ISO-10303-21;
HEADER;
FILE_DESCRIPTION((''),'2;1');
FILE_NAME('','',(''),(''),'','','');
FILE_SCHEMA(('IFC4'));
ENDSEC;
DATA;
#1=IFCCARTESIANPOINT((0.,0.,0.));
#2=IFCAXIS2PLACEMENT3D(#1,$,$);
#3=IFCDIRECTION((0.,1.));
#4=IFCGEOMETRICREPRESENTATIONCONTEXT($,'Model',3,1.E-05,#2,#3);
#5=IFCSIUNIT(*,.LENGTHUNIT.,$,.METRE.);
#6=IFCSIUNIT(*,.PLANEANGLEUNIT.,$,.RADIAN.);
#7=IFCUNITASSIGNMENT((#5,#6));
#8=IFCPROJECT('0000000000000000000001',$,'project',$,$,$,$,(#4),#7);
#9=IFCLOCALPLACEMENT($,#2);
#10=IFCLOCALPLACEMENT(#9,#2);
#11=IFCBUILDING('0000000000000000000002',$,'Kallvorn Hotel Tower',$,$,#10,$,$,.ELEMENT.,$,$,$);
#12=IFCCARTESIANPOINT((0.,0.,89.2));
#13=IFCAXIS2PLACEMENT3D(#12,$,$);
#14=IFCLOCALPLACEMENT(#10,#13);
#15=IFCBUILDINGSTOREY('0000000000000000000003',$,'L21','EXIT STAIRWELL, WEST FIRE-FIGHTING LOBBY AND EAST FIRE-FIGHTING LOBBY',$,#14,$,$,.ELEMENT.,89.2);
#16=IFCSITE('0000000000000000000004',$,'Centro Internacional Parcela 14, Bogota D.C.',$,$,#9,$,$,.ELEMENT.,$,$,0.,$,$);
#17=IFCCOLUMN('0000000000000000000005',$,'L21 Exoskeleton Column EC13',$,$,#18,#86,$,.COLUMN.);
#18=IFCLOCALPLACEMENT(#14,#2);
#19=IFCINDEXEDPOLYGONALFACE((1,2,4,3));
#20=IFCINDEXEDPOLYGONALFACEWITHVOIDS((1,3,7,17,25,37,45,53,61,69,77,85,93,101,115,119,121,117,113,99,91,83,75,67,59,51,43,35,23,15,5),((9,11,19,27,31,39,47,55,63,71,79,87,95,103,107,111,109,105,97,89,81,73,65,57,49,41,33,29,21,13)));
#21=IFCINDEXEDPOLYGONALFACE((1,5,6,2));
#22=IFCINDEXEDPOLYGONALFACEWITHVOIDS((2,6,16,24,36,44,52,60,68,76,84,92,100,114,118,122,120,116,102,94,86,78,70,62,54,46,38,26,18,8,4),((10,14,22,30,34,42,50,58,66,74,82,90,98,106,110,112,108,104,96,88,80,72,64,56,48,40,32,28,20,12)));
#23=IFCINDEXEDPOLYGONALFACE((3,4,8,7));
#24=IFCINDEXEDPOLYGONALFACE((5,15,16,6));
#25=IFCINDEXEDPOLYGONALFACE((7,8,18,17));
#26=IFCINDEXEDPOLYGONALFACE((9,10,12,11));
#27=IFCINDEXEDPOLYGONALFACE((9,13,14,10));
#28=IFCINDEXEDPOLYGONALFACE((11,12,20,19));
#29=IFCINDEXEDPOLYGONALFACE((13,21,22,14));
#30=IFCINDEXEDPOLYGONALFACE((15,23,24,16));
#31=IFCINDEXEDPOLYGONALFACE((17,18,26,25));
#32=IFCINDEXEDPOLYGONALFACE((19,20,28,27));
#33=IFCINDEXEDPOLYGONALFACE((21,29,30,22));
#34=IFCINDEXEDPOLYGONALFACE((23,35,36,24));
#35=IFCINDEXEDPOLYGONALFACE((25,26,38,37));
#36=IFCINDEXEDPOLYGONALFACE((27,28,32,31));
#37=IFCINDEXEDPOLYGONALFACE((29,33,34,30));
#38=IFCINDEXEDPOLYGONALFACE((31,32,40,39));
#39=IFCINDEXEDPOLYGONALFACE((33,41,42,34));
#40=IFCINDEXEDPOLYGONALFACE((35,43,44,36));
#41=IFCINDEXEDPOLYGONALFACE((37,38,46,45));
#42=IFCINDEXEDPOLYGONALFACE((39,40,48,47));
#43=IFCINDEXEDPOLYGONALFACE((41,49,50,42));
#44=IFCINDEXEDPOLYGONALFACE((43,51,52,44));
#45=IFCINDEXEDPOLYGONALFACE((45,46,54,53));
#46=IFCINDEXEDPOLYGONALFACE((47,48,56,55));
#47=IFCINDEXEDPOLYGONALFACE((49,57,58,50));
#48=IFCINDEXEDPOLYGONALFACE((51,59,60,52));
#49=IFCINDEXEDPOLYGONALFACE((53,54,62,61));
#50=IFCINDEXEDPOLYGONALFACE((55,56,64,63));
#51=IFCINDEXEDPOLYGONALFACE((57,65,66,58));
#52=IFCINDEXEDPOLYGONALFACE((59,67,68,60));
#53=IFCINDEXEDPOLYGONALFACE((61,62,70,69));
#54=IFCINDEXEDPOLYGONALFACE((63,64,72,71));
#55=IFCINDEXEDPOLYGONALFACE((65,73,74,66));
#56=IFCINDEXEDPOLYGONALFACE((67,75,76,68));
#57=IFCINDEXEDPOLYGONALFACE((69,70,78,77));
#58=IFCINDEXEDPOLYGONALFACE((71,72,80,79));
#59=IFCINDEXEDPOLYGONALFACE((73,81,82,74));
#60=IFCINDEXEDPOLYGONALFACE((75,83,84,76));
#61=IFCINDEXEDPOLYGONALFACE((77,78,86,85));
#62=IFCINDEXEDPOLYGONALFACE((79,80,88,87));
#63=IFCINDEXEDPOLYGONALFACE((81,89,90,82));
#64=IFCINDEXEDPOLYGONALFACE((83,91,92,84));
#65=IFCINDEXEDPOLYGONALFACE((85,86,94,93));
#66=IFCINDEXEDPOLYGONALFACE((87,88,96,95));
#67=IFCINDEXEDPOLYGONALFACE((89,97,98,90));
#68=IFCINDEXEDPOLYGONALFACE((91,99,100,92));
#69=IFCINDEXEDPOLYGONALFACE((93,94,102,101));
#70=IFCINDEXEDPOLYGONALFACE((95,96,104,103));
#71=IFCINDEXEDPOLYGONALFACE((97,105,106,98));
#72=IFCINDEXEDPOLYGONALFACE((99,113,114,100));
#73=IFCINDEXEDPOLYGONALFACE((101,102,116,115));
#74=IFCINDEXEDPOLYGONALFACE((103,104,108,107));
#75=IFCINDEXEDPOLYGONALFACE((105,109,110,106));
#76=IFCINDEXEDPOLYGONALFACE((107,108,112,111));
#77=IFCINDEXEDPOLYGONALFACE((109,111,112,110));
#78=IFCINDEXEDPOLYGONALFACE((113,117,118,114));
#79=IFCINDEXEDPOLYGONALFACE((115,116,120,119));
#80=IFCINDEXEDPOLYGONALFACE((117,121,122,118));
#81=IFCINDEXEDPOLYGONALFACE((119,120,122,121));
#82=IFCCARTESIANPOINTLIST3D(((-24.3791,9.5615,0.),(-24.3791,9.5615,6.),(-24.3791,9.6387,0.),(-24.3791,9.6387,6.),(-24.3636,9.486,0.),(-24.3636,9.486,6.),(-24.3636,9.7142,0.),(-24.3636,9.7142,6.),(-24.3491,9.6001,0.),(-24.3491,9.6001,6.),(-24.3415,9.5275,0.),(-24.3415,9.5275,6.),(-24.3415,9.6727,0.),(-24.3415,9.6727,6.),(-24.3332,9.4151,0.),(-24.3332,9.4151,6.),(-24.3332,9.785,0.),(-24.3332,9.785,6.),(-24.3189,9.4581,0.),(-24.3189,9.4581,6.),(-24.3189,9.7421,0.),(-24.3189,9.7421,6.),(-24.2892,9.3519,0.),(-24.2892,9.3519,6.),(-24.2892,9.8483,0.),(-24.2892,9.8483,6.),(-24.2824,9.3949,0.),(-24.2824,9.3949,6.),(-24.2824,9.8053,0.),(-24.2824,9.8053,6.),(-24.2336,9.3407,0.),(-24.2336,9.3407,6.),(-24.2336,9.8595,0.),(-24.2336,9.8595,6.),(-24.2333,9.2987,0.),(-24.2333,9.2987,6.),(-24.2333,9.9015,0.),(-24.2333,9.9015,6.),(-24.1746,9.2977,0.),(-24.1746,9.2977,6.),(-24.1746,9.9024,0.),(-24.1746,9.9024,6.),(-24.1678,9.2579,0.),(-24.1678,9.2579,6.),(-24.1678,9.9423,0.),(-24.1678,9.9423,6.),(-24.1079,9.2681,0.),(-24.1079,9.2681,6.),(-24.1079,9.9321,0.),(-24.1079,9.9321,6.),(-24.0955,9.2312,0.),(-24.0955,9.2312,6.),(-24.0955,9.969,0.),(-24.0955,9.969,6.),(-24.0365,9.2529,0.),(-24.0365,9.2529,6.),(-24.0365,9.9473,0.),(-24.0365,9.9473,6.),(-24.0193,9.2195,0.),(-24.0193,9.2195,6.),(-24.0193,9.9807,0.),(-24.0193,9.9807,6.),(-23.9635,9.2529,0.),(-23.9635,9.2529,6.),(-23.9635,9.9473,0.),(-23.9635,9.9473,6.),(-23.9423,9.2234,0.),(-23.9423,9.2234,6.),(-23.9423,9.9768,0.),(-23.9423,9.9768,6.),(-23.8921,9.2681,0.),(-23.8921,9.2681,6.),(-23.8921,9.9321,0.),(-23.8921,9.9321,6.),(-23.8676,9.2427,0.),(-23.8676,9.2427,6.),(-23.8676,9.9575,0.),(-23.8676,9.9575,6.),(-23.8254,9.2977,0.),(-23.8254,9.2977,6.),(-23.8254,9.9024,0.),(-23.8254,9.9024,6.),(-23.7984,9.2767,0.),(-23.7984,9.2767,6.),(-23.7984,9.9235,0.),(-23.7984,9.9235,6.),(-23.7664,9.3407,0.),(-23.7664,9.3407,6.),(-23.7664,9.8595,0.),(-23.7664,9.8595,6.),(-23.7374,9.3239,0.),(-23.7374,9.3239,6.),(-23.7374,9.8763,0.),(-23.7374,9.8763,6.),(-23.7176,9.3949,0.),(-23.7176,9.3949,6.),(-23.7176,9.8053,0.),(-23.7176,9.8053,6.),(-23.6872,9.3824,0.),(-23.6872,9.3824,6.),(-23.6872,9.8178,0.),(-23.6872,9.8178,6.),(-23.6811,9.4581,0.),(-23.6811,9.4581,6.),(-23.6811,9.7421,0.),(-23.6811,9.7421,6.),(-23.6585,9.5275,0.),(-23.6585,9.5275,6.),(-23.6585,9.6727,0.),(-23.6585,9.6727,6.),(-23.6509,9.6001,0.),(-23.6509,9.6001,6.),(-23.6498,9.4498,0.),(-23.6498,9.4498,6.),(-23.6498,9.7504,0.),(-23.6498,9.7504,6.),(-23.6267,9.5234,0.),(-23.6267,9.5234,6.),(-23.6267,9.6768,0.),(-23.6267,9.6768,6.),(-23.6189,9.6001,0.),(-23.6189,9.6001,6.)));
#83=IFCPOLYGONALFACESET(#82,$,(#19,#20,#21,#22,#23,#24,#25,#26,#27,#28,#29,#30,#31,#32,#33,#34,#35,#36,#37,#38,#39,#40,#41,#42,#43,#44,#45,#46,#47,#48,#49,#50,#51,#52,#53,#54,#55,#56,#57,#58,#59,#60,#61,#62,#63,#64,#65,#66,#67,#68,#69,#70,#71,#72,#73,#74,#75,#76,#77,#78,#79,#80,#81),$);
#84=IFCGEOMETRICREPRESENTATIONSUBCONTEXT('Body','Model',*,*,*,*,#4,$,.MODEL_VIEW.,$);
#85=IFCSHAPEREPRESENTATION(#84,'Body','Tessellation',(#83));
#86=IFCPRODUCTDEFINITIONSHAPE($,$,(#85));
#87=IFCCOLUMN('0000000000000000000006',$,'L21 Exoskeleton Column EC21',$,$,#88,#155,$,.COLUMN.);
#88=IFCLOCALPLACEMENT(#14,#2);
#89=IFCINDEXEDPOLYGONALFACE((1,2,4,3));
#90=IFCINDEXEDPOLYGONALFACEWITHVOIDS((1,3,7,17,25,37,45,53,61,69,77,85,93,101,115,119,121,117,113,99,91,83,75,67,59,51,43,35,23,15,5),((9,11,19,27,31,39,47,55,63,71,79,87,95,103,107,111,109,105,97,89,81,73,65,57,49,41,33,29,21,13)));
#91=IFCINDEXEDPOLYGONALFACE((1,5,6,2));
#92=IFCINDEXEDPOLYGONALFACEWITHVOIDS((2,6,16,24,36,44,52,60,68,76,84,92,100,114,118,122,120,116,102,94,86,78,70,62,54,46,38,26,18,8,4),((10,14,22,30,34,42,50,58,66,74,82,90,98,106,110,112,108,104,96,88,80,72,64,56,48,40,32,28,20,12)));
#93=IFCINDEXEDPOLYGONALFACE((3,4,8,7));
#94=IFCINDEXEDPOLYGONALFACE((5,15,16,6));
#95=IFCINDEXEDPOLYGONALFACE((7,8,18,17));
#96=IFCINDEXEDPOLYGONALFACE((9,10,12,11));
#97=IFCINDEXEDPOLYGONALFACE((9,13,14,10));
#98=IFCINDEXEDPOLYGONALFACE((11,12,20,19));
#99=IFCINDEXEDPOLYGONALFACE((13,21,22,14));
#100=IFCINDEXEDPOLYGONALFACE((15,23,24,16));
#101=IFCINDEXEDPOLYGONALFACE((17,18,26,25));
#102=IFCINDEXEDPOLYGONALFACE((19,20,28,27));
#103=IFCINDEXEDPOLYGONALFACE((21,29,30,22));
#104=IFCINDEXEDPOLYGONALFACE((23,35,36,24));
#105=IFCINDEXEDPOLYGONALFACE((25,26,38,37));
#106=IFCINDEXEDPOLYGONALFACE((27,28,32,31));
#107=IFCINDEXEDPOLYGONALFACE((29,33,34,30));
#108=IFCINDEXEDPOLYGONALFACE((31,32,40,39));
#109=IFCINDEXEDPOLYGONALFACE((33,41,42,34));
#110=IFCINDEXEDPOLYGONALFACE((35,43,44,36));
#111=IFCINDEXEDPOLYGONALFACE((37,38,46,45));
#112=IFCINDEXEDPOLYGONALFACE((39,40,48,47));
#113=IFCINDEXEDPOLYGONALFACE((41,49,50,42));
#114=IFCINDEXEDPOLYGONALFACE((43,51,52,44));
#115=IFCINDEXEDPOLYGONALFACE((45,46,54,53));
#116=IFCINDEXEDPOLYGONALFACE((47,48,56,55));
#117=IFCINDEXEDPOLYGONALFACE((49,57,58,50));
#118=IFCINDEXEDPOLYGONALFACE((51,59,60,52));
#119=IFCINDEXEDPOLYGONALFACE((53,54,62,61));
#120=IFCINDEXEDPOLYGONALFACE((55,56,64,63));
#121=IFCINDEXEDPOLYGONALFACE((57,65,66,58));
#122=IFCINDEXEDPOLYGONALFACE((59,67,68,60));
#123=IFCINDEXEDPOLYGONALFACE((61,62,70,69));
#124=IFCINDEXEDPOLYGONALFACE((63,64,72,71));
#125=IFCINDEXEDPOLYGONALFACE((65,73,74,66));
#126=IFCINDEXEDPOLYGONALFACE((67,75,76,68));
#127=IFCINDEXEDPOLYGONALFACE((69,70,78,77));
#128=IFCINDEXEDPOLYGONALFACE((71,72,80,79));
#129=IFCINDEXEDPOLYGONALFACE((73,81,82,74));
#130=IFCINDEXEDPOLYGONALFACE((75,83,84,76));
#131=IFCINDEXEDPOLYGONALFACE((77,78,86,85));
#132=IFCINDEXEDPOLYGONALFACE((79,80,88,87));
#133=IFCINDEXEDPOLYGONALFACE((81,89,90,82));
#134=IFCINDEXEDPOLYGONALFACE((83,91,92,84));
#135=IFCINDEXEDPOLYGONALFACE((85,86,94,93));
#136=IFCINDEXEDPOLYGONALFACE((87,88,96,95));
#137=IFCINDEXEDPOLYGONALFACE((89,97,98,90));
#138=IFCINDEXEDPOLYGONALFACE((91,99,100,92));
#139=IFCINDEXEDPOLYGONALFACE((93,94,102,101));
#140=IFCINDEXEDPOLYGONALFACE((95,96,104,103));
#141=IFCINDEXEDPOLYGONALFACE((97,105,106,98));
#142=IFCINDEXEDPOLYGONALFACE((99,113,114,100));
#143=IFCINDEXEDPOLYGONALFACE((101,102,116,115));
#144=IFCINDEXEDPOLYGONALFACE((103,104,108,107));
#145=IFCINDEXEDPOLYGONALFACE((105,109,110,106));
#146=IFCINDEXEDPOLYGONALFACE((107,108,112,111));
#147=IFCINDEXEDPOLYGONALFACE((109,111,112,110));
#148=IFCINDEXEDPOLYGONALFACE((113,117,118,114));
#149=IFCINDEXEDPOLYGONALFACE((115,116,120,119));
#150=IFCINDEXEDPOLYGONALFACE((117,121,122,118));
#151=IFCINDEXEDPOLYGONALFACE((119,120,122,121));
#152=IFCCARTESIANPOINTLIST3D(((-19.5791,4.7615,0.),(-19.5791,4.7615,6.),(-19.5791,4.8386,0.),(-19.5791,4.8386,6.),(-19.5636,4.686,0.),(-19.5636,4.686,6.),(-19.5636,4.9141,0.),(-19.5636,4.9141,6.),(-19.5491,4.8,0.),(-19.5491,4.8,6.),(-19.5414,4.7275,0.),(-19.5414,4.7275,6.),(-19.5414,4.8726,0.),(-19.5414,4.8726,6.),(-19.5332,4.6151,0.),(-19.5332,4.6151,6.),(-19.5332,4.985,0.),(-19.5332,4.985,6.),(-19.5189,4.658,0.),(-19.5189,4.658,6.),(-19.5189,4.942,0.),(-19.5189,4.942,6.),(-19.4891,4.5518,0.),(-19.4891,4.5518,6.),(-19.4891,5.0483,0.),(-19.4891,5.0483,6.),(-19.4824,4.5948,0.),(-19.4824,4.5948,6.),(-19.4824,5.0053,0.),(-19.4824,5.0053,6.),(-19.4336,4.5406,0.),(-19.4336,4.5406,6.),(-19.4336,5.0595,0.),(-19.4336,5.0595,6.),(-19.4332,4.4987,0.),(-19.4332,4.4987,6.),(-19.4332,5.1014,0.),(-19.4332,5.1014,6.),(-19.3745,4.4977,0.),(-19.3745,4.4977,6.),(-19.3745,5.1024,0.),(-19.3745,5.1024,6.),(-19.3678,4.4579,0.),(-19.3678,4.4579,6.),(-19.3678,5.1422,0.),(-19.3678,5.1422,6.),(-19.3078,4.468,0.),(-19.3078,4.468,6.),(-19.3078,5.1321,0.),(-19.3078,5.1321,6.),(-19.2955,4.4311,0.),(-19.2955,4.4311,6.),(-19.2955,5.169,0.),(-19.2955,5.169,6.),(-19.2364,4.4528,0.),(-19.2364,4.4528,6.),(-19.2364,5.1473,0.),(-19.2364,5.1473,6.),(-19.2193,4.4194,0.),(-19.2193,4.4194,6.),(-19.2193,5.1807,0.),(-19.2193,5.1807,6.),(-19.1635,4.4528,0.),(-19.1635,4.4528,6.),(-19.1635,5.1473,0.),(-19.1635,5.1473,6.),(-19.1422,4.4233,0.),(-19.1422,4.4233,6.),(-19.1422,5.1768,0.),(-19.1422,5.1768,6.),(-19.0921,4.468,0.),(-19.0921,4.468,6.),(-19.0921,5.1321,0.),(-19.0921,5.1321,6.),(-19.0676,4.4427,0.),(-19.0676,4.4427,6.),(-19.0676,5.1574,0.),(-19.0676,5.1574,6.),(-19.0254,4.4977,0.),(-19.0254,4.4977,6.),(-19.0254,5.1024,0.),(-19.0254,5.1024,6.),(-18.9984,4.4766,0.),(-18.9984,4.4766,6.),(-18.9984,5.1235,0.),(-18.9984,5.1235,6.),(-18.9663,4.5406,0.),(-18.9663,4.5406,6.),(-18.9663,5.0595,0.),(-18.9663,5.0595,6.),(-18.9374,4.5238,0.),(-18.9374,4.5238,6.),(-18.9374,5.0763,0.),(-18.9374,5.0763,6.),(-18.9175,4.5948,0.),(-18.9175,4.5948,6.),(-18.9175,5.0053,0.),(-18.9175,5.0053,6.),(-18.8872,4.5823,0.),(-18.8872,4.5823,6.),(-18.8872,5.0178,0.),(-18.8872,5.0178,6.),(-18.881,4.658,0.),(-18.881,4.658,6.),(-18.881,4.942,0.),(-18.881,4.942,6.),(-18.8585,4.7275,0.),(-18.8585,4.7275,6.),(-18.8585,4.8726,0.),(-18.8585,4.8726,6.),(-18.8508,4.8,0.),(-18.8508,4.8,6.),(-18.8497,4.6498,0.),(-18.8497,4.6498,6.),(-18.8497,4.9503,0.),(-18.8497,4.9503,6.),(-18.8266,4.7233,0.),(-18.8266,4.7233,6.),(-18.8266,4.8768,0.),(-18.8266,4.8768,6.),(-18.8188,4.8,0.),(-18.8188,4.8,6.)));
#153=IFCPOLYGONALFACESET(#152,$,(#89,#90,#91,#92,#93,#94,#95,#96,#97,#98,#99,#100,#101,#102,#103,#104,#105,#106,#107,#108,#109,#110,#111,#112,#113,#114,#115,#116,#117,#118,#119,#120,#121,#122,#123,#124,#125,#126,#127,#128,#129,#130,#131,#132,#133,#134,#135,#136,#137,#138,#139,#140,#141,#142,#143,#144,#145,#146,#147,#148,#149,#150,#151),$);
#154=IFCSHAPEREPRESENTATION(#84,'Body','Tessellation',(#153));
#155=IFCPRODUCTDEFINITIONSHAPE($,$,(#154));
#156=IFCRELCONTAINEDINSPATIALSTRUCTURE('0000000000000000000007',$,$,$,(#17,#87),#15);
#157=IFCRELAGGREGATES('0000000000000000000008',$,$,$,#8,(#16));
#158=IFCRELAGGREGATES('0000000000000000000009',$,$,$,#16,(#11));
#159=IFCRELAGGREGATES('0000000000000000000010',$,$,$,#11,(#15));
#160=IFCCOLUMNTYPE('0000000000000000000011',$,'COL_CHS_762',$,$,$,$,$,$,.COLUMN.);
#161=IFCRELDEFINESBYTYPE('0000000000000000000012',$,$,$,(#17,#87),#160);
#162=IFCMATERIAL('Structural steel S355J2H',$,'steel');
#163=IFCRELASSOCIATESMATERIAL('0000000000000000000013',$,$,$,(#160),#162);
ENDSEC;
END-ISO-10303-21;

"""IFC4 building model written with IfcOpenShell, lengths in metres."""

from ifc_helpers import new_model, si_unit, direction, frame, origin, origin_2d, place, context, subcontext, project, spatial, hollow_circle, extrude, material, material_profile, profile_set, type_object, element, save


model = new_model("IFC4")

# Units and contexts
model_context = context("Model", 3, precision=1e-05, world=origin(), true_north=direction((0.0, 1.0)))
body_context = subcontext(model_context, "Body", "Model", "MODEL_VIEW")
ifc_project = project(units=[si_unit("LENGTHUNIT", "METRE"), si_unit("PLANEANGLEUNIT", "RADIAN")], contexts=[model_context])

# Site, building, storey
site_placement = place(None, origin())
site = spatial("IfcSite", under=ifc_project, at=site_placement, Name="Centro Internacional Parcela 14, Bogota D.C.", CompositionType="ELEMENT", RefElevation=0.0)
building_placement = place(site_placement, origin())
building = spatial("IfcBuilding", under=site, at=building_placement, Name="Kallvorn Hotel Tower", CompositionType="ELEMENT")
storey_placement = place(building_placement, frame((0.0, 0.0, 89.2)))
storey = spatial("IfcBuildingStorey", under=building, at=storey_placement, Name="L21", Description="EXIT STAIRWELL, WEST FIRE-FIGHTING LOBBY AND EAST FIRE-FIGHTING LOBBY", CompositionType="ELEMENT", Elevation=89.2)

# Columns
ifc_material_1 = material(Name="Structural steel S355J2H", Category="steel")
ifc_material_profile_1 = material_profile(ifc_material_1, hollow_circle(Radius=0.3811, WallThickness=0.032, at=origin_2d()), Name="CHS 762x32")
ifc_profile_set_1 = profile_set([ifc_material_profile_1], Name="Structural steel S355J2H")
column_type_1 = type_object("IfcColumnType", Name="COL_CHS_762", PredefinedType="COLUMN", material=ifc_profile_set_1)
for number, where, z_axis, x_axis, name in (
    (1, (-24.0, 9.6001, 0.0), (0.0, 0.0, 1.0), (1.0, 0.0, 0.0), "L21 Exoskeleton Column EC13"),
    (2, (-19.2, 4.8, 0.0), (0.0, 0.0, 1.0), (1.0, 0.0, 0.0), "L21 Exoskeleton Column EC21"),
):
    element("IfcColumn", number, at=place(storey_placement, frame(where, z_axis=z_axis, x_axis=x_axis)), inside=storey, type_object=column_type_1, Name=name, PredefinedType="COLUMN", context=body_context, shape_type="SweptSolid", body=[
        extrude(hollow_circle(Radius=0.3811, WallThickness=0.032, at=origin_2d()), origin(), (0.0, 0.0, 1.0), 6.0),
    ])

save(model, "model.ifc")
